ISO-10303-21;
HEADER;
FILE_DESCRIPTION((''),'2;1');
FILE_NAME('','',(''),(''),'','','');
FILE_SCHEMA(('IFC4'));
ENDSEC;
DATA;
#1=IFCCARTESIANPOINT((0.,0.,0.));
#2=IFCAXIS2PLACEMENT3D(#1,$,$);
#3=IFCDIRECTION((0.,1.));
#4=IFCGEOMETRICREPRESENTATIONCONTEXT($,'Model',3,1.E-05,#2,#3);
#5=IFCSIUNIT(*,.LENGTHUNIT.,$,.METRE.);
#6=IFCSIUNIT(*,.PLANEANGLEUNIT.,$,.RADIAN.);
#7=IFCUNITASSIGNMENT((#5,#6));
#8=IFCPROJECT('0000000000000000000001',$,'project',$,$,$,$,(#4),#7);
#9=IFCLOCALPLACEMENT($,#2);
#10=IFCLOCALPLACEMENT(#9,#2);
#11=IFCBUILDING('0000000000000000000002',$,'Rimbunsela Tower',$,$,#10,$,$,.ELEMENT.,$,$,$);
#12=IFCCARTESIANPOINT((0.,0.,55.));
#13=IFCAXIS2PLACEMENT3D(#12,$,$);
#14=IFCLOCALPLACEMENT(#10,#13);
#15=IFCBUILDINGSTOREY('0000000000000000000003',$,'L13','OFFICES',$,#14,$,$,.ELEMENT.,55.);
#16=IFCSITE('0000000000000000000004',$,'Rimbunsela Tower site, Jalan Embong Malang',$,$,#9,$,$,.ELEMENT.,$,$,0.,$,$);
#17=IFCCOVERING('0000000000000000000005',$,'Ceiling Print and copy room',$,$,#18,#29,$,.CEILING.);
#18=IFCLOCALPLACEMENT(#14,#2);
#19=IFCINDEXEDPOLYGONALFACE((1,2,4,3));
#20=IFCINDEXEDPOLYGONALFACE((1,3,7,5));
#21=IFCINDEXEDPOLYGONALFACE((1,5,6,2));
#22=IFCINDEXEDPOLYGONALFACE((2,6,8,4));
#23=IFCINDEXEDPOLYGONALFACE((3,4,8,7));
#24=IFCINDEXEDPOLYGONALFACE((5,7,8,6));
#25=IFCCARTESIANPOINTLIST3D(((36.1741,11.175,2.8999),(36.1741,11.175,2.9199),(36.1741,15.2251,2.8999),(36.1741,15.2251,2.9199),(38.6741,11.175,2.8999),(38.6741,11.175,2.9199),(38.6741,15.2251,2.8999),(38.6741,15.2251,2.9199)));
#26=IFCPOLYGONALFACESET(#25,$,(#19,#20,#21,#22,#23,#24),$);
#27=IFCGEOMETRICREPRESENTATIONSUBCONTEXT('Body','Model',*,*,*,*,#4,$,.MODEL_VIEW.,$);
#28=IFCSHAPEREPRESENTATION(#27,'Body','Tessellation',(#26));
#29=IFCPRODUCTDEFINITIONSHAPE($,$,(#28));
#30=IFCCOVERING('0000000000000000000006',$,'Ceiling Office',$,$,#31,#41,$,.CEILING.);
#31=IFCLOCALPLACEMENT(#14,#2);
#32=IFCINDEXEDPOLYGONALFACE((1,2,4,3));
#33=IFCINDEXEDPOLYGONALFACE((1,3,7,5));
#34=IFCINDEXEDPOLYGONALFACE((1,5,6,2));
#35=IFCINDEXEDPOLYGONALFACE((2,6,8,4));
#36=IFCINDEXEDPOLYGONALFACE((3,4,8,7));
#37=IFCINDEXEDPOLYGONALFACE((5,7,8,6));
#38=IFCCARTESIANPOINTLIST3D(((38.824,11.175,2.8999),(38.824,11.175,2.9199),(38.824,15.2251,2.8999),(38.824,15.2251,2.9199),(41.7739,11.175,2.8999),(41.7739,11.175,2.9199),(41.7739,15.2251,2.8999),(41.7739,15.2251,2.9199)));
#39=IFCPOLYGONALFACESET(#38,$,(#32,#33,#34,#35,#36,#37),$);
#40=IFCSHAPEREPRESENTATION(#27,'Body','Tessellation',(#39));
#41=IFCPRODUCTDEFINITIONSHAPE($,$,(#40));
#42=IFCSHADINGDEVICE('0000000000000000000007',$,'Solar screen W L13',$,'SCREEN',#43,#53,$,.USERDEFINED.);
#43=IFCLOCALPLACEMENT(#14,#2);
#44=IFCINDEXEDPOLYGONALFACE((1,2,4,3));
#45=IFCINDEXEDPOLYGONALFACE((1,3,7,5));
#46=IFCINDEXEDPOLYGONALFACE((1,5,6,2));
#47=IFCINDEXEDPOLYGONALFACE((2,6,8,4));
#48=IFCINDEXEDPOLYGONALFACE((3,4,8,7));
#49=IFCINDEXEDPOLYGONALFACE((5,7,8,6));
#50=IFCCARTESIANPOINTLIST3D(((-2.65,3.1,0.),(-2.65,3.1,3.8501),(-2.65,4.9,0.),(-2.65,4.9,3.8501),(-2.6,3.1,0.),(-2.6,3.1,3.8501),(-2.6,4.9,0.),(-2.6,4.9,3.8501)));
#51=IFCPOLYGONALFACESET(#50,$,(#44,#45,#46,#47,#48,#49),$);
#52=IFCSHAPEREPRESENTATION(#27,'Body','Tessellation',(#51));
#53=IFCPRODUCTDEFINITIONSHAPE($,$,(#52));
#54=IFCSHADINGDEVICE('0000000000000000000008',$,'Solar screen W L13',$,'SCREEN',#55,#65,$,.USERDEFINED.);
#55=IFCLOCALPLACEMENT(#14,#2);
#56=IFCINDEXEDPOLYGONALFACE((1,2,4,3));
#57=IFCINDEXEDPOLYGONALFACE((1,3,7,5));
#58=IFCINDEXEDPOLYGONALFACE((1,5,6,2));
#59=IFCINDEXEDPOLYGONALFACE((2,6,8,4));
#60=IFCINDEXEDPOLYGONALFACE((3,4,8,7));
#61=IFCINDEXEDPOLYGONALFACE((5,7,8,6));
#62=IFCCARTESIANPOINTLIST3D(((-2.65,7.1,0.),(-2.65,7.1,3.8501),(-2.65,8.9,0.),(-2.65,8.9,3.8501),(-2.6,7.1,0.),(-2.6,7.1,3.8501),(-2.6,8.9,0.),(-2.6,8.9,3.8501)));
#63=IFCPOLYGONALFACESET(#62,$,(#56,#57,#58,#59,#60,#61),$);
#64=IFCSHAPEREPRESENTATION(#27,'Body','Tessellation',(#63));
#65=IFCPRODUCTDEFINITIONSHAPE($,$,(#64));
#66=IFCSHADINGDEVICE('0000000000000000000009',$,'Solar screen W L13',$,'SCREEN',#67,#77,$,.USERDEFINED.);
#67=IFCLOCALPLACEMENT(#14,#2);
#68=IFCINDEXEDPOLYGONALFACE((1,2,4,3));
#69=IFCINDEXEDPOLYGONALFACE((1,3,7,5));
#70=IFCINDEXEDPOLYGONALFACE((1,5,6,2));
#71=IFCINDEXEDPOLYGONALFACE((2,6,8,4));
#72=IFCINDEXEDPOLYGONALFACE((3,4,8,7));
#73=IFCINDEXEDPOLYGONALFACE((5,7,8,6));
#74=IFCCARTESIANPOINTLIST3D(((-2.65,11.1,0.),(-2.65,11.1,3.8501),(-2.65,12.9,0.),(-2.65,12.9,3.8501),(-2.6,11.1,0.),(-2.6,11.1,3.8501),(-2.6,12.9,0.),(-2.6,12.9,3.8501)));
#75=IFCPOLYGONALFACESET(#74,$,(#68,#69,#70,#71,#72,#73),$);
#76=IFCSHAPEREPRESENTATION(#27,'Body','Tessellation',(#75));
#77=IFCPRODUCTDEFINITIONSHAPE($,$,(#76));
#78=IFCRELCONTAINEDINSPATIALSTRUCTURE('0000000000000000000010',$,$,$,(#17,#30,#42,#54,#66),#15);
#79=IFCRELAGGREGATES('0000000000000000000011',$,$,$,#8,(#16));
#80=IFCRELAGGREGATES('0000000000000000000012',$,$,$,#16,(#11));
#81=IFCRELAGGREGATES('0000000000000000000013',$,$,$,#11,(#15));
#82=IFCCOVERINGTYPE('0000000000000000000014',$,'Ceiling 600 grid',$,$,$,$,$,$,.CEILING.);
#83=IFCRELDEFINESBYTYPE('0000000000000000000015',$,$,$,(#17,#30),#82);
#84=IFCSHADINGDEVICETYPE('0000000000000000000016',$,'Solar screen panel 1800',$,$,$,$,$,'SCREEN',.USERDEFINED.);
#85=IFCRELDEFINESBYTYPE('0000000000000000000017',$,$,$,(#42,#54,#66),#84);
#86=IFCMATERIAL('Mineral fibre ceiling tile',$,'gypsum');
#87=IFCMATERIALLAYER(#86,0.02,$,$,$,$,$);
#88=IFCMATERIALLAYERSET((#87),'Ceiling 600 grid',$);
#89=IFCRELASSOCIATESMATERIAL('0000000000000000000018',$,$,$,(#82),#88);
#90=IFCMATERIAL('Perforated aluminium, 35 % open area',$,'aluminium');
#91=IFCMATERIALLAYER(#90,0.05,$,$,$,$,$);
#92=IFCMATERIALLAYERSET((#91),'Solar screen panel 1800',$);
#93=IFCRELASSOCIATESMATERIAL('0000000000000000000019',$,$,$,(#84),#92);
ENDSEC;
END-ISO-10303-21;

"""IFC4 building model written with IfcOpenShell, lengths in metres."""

from ifc_helpers import new_model, si_unit, direction, frame, origin, origin_2d, place, context, subcontext, project, spatial, polyline, rectangle, outline, extrude, material, layer, layer_set, type_object, element, save


model = new_model("IFC4")

# Units and contexts
model_context = context("Model", 3, precision=1e-05, world=origin(), true_north=direction((0.0, 1.0)))
body_context = subcontext(model_context, "Body", "Model", "MODEL_VIEW")
ifc_project = project(units=[si_unit("LENGTHUNIT", "METRE"), si_unit("PLANEANGLEUNIT", "RADIAN")], contexts=[model_context])

# Site, building, storey
site_placement = place(None, origin())
site = spatial("IfcSite", under=ifc_project, at=site_placement, Name="Rimbunsela Tower site, Jalan Embong Malang", CompositionType="ELEMENT", RefElevation=0.0)
building_placement = place(site_placement, origin())
building = spatial("IfcBuilding", under=site, at=building_placement, Name="Rimbunsela Tower", CompositionType="ELEMENT")
storey_placement = place(building_placement, frame((0.0, 0.0, 55.0)))
storey = spatial("IfcBuildingStorey", under=building, at=storey_placement, Name="L13", Description="OFFICES", CompositionType="ELEMENT", Elevation=55.0)

# Coverings
ifc_material_1 = material(Name="Mineral fibre ceiling tile", Category="gypsum")
ifc_layer_1 = layer(ifc_material_1, 0.02)
ifc_layer_set_1 = layer_set([ifc_layer_1], Name="Ceiling 600 grid")
covering_type_1 = type_object("IfcCoveringType", Name="Ceiling 600 grid", PredefinedType="CEILING", material=ifc_layer_set_1)
covering_1_placement = place(storey_placement, frame((0.0, 0.0, 2.8999)))
element("IfcCovering", 1, at=covering_1_placement, inside=storey, type_object=covering_type_1, Name="Ceiling Print and copy room", PredefinedType="CEILING", context=body_context, shape_type="SweptSolid", body=[
    extrude(outline(polyline([(38.6741, 11.175), (38.6741, 15.2251), (36.1741, 15.2251), (36.1741, 11.175), (38.6741, 11.175)])), origin(), (0.0, 0.0, 1.0), 0.02),
])
covering_2_placement = place(storey_placement, frame((0.0, 0.0, 2.8999)))
element("IfcCovering", 2, at=covering_2_placement, inside=storey, type_object=covering_type_1, Name="Ceiling Office", PredefinedType="CEILING", context=body_context, shape_type="SweptSolid", body=[
    extrude(outline(polyline([(41.7739, 11.175), (41.7739, 15.2251), (38.824, 15.2251), (38.824, 11.175), (41.7739, 11.175)])), origin(), (0.0, 0.0, 1.0), 0.02),
])

# Shading devices
ifc_material_2 = material(Name="Perforated aluminium, 35 % open area", Category="aluminium")
ifc_layer_2 = layer(ifc_material_2, 0.05)
ifc_layer_set_2 = layer_set([ifc_layer_2], Name="Solar screen panel 1800")
shading_device_type = type_object("IfcShadingDeviceType", Name="Solar screen panel 1800", ElementType="SCREEN", PredefinedType="USERDEFINED", material=ifc_layer_set_2)
for number, where, z_axis, x_axis, name in (
    (3, (-2.625, 4.0, 0.0), (0.0, 0.0, 1.0), (0.0, 1.0, 0.0), "Solar screen W L13"),
    (4, (-2.625, 8.0, 0.0), (0.0, 0.0, 1.0), (0.0, 1.0, 0.0), "Solar screen W L13"),
    (5, (-2.625, 12.0, 0.0), (0.0, 0.0, 1.0), (0.0, 1.0, 0.0), "Solar screen W L13"),
):
    element("IfcShadingDevice", number, at=place(storey_placement, frame(where, z_axis=z_axis, x_axis=x_axis)), inside=storey, type_object=shading_device_type, Name=name, ObjectType="SCREEN", PredefinedType="USERDEFINED", context=body_context, shape_type="SweptSolid", body=[
        extrude(rectangle(XDim=1.8, YDim=0.05, at=origin_2d()), origin(), (0.0, 0.0, 1.0), 3.8501),
    ])

save(model, "model.ifc")
